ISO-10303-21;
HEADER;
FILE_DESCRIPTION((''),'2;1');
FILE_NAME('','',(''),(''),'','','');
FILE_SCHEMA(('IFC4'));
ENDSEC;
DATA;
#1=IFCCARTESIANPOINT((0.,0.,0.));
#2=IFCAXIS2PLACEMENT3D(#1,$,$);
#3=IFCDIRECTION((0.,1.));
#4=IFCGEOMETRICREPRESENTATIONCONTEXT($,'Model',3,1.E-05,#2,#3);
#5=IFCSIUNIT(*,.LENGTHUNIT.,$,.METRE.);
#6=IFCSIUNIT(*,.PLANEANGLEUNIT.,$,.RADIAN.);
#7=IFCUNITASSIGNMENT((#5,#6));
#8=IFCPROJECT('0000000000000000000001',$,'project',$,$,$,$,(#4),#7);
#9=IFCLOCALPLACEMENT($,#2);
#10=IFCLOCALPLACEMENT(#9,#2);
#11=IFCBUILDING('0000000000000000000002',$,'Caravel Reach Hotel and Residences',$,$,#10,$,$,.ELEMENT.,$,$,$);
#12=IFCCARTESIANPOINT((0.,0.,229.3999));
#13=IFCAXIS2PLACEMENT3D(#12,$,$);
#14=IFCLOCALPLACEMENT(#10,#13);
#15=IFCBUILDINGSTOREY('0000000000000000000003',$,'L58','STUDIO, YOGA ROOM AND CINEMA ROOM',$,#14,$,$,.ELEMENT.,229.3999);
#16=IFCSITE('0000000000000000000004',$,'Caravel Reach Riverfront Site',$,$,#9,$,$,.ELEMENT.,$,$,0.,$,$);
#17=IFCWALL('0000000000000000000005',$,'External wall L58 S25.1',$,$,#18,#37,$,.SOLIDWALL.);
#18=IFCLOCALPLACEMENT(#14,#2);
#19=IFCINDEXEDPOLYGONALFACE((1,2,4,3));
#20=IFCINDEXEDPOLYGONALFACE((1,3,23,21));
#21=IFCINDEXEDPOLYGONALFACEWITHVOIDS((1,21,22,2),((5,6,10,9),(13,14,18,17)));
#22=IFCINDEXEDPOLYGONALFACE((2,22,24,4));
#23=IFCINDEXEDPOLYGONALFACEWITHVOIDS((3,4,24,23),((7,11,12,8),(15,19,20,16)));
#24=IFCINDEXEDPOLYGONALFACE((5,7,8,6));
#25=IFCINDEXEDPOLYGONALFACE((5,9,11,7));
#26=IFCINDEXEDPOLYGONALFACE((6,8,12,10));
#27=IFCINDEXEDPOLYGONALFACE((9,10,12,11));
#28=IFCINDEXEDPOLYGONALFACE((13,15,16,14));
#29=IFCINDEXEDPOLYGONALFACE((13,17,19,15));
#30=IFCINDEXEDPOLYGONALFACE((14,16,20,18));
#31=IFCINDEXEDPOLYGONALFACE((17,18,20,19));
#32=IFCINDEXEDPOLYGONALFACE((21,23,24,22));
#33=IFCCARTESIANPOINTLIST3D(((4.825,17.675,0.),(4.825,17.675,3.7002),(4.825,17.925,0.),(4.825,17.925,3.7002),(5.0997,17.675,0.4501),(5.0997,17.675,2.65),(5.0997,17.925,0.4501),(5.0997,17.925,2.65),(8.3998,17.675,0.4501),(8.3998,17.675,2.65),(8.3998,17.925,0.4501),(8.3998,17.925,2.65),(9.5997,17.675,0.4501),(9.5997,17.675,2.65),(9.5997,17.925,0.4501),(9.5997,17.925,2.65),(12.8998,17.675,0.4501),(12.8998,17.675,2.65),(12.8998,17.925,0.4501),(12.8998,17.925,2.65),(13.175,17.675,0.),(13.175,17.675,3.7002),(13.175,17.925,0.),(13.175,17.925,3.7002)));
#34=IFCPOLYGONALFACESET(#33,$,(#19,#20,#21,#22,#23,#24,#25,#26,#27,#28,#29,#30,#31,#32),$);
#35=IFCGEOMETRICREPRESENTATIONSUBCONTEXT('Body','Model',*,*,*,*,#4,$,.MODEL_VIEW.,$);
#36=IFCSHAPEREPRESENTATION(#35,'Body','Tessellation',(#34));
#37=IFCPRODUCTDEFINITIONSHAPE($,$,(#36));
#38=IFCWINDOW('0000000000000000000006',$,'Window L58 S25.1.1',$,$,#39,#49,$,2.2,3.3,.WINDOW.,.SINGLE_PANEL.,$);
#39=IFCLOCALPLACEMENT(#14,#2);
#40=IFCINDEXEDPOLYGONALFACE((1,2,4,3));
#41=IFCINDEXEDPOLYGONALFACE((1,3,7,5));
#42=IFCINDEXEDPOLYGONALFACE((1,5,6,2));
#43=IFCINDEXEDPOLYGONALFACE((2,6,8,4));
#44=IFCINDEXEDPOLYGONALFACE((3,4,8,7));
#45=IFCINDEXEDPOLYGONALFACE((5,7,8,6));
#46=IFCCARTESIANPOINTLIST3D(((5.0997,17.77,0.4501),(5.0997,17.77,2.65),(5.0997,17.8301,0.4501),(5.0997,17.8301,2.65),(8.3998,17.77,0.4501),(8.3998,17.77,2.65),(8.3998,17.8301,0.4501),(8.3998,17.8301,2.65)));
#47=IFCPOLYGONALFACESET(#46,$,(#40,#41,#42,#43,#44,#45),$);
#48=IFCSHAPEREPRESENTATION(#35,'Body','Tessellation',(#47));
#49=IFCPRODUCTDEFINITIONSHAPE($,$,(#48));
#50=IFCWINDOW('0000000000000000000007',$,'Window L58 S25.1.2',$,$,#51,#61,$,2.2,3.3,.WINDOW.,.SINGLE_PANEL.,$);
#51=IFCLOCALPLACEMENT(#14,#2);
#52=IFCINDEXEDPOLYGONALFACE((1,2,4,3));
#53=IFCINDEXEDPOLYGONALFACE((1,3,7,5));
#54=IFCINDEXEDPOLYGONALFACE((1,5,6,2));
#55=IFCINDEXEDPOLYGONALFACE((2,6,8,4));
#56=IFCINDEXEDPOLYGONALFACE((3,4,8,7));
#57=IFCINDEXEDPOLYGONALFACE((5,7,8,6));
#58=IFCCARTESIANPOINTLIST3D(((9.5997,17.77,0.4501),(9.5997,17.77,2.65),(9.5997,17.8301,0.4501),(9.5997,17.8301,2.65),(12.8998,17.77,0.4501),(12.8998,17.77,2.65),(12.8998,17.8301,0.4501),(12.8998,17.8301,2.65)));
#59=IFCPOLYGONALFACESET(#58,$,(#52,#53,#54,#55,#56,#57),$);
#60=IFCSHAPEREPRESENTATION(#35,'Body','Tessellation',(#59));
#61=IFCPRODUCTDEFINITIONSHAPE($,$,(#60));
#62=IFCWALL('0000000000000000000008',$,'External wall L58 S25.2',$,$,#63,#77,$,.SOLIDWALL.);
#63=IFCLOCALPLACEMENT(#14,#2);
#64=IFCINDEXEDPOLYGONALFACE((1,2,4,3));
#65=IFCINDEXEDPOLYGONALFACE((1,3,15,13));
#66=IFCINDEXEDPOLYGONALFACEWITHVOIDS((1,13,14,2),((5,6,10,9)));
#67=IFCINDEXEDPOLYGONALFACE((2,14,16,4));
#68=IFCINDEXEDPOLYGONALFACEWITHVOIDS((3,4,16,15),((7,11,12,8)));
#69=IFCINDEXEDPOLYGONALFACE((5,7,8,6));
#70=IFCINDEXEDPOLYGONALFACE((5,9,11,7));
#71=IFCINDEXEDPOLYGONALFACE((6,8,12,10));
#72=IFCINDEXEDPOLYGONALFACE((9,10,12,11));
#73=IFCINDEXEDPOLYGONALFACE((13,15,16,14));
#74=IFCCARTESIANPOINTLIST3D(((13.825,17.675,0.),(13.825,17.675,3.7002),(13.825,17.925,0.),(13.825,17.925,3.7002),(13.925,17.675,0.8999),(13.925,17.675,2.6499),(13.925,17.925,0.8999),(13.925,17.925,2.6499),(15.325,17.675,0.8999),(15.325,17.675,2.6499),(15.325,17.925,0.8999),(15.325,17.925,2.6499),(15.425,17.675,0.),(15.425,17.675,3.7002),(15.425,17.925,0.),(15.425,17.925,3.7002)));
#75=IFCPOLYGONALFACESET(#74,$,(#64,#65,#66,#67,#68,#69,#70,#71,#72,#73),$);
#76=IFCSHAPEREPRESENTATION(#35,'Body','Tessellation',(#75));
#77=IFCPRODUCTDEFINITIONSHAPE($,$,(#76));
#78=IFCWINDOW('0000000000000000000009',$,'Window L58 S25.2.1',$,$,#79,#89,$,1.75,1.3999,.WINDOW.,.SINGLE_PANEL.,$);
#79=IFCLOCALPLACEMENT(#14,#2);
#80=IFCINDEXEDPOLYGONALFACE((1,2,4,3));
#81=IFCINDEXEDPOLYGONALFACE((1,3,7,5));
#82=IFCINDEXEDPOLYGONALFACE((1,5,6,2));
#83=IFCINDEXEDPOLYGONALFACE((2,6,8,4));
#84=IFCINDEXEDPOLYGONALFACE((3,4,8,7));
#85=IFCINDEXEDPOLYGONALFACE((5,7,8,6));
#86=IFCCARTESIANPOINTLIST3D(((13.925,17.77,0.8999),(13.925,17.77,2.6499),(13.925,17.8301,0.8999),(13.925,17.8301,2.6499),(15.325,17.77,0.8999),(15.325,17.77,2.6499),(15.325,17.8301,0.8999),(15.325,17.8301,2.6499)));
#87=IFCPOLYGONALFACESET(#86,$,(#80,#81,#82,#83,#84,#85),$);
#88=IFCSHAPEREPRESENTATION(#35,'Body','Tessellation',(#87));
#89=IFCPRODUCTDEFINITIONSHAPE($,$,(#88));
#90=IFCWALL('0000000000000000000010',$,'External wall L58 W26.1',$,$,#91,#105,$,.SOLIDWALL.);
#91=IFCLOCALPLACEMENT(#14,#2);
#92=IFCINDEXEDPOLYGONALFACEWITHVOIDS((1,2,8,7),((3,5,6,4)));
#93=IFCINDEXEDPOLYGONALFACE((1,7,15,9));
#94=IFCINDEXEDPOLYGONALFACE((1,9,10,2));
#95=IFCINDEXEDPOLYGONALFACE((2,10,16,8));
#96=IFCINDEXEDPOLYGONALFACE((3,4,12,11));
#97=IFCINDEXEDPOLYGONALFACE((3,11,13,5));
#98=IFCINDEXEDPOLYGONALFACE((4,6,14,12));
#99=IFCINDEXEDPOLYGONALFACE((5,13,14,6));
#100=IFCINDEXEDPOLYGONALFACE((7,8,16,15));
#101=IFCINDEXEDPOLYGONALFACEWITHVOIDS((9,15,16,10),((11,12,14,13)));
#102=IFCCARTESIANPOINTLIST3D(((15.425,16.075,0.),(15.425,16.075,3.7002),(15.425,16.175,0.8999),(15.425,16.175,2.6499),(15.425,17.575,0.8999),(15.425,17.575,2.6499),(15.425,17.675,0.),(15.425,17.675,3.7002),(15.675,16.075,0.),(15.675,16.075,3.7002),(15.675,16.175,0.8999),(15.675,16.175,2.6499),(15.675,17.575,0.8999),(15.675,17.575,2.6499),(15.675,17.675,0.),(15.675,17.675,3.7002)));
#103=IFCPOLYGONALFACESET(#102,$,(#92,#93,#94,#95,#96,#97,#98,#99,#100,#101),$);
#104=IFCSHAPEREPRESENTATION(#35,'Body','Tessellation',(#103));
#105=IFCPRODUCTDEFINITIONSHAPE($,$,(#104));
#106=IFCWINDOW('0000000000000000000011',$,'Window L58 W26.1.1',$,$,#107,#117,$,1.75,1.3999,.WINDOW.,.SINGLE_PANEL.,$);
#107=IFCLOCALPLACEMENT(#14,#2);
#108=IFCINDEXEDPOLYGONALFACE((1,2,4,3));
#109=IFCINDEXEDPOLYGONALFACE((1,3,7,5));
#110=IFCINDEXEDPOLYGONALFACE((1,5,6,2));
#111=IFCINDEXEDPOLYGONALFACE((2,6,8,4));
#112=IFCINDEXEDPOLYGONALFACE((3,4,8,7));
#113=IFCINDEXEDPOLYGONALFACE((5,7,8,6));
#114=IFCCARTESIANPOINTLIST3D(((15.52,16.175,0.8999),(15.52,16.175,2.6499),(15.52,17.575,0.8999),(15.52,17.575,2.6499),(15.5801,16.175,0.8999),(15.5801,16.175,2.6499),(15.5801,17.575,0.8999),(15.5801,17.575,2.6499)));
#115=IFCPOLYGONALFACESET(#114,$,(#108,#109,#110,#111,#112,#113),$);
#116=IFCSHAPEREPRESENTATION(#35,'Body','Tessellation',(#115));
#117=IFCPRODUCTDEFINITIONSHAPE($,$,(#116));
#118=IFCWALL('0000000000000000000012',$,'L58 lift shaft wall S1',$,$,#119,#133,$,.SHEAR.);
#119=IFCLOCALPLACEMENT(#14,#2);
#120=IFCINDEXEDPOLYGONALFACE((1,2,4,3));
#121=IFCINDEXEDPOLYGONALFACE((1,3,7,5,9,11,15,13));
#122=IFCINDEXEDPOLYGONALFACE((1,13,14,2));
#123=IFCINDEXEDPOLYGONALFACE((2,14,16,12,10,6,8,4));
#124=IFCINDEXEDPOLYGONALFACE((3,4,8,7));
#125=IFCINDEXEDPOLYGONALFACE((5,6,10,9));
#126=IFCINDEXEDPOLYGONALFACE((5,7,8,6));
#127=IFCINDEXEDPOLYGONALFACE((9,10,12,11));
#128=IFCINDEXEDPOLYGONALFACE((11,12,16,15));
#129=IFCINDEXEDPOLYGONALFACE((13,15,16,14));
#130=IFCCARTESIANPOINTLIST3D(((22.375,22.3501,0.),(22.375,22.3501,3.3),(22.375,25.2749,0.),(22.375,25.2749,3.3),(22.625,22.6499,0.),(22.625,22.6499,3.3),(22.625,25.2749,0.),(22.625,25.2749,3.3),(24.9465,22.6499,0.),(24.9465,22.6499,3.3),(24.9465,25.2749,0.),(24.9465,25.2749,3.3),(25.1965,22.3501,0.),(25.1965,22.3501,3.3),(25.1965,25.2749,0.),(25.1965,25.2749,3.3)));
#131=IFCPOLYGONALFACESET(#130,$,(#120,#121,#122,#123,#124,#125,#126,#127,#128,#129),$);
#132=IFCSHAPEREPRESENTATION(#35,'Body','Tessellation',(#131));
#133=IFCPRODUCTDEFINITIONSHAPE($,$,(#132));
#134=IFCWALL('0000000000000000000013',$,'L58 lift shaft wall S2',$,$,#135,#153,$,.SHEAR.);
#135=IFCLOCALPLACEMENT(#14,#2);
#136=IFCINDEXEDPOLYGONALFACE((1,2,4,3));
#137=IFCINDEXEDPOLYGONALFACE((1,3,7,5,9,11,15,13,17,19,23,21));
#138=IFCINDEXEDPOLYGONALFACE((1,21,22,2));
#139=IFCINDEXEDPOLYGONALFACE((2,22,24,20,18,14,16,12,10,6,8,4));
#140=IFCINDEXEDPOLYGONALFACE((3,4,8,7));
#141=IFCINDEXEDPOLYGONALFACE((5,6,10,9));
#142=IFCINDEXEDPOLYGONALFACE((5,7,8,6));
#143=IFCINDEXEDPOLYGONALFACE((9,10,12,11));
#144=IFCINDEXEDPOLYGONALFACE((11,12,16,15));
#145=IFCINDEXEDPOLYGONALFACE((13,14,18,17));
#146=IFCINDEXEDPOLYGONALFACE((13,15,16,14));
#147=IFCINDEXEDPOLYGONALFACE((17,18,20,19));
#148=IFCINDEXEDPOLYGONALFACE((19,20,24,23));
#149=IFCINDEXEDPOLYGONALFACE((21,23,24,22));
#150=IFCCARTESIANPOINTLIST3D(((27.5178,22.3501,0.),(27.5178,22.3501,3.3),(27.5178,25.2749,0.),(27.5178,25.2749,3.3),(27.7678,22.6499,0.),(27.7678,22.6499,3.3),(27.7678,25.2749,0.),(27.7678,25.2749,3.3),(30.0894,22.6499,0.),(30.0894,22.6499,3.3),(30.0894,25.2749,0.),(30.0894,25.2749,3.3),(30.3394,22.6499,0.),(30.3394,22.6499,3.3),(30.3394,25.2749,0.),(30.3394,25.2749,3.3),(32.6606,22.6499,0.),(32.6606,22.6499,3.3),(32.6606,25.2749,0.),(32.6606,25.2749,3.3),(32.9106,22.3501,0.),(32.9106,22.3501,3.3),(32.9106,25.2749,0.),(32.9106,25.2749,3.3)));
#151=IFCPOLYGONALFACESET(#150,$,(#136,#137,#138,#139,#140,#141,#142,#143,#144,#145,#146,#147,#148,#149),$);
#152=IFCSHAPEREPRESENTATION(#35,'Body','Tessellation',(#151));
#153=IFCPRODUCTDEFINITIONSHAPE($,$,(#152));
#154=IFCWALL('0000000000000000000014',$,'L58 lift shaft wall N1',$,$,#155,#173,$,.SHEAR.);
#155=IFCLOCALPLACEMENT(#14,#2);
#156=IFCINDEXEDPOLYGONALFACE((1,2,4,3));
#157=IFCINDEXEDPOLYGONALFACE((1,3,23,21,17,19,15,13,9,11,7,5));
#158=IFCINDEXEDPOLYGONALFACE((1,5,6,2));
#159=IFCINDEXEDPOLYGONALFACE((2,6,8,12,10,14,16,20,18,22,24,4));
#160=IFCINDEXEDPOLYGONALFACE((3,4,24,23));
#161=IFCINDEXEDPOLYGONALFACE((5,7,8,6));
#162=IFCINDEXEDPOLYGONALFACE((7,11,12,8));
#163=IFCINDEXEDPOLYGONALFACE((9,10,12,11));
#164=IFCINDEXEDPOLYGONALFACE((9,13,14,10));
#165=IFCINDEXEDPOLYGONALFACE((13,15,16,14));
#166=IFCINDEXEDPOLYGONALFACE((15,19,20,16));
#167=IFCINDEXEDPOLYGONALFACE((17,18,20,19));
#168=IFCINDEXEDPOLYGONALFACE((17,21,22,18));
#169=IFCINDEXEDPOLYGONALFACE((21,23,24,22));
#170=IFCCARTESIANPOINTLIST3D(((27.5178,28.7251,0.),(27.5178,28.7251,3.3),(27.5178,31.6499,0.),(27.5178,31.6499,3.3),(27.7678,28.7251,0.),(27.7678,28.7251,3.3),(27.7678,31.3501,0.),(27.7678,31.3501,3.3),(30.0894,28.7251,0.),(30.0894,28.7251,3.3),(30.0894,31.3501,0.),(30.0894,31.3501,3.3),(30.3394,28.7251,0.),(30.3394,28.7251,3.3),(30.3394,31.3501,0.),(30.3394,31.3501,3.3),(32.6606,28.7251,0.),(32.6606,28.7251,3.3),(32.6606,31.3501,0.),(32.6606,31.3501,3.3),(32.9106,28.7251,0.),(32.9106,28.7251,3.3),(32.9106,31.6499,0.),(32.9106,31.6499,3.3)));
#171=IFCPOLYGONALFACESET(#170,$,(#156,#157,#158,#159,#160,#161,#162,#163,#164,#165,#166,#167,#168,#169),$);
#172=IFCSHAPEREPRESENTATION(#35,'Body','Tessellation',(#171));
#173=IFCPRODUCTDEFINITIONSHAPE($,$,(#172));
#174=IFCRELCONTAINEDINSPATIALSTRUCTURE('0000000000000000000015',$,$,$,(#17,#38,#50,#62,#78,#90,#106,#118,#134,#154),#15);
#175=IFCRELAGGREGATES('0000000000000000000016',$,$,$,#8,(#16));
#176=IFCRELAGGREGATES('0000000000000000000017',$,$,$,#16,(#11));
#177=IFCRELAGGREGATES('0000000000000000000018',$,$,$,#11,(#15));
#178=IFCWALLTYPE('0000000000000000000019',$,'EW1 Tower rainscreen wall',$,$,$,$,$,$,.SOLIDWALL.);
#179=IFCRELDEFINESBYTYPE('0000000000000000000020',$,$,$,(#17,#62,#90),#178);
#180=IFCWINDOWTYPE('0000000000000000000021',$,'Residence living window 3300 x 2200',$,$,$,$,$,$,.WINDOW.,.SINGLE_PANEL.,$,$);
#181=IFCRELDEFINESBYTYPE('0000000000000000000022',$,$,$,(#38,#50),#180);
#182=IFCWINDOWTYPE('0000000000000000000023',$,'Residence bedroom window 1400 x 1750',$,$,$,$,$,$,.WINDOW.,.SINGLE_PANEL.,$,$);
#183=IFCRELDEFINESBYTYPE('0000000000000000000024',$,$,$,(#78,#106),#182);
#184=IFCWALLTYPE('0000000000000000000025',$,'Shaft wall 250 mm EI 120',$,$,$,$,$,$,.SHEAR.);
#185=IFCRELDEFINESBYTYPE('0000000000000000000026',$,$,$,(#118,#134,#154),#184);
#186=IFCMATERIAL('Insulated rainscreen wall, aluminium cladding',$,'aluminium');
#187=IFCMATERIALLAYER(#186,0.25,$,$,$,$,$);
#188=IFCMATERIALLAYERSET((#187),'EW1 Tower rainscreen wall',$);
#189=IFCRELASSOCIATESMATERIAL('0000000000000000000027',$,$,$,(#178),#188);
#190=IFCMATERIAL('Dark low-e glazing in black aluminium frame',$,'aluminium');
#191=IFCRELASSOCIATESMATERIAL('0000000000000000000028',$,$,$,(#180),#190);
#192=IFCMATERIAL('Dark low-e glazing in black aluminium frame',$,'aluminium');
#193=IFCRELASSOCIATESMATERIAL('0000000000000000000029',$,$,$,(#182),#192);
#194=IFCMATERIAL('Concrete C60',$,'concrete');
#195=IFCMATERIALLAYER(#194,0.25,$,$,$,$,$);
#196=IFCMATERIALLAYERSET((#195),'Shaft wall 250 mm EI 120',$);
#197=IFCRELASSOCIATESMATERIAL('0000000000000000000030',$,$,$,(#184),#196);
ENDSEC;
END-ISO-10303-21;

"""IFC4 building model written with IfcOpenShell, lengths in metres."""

from ifc_helpers import new_model, si_unit, direction, frame, frame_2d, origin, place, context, subcontext, project, spatial, polyline, rectangle, outline, extrude, material, layer, layer_set, type_object, element, fill, save


model = new_model("IFC4")

# Units and contexts
model_context = context("Model", 3, precision=1e-05, world=origin(), true_north=direction((0.0, 1.0)))
body_context = subcontext(model_context, "Body", "Model", "MODEL_VIEW")
ifc_project = project(units=[si_unit("LENGTHUNIT", "METRE"), si_unit("PLANEANGLEUNIT", "RADIAN")], contexts=[model_context])

# Site, building, storey
site_placement = place(None, origin())
site = spatial("IfcSite", under=ifc_project, at=site_placement, Name="Caravel Reach Riverfront Site", CompositionType="ELEMENT", RefElevation=0.0)
building_placement = place(site_placement, origin())
building = spatial("IfcBuilding", under=site, at=building_placement, Name="Caravel Reach Hotel and Residences", CompositionType="ELEMENT")
storey_placement = place(building_placement, frame((0.0, 0.0, 229.3999)))
storey = spatial("IfcBuildingStorey", under=building, at=storey_placement, Name="L58", Description="STUDIO, YOGA ROOM AND CINEMA ROOM", CompositionType="ELEMENT", Elevation=229.3999)

# Wall, openings, windows
ifc_material_1 = material(Name="Insulated rainscreen wall, aluminium cladding", Category="aluminium")
ifc_layer_1 = layer(ifc_material_1, 0.25)
ifc_layer_set_1 = layer_set([ifc_layer_1], Name="EW1 Tower rainscreen wall")
wall_type_1 = type_object("IfcWallType", Name="EW1 Tower rainscreen wall", PredefinedType="SOLIDWALL", material=ifc_layer_set_1)
wall_1_placement = place(storey_placement, frame((4.825, 17.8, 0.0), z_axis=(0.0, 0.0, 1.0), x_axis=(1.0, 0.0, 0.0)))
wall_1 = element("IfcWall", 1, at=wall_1_placement, inside=storey, type_object=wall_type_1, Name="External wall L58 S25.1", PredefinedType="SOLIDWALL", context=body_context, shape_type="SweptSolid", body=[
    extrude(rectangle(XDim=8.3501, YDim=0.25, at=frame_2d((4.175, 0.0))), origin(), (0.0, 0.0, 1.0), 3.7002),
])
opening_1_placement = place(wall_1_placement, frame((0.2749, 0.0, 0.45)))
opening_1 = element("IfcOpeningElement", 2, at=opening_1_placement, cuts=wall_1, PredefinedType="OPENING", context=body_context, shape_type="SweptSolid", body=[
    extrude(rectangle(XDim=3.3, YDim=2.2, at=frame_2d((1.6499, 1.1001))), frame((0.0, 0.135, 0.0), z_axis=(0.0, -1.0, 0.0), x_axis=(1.0, 0.0, 0.0)), (0.0, 0.0, 1.0), 0.27),
])
opening_2_placement = place(wall_1_placement, frame((4.7749, 0.0, 0.45)))
opening_2 = element("IfcOpeningElement", 3, at=opening_2_placement, cuts=wall_1, PredefinedType="OPENING", context=body_context, shape_type="SweptSolid", body=[
    extrude(rectangle(XDim=3.3, YDim=2.2, at=frame_2d((1.6499, 1.1001))), frame((0.0, 0.135, 0.0), z_axis=(0.0, -1.0, 0.0), x_axis=(1.0, 0.0, 0.0)), (0.0, 0.0, 1.0), 0.27),
])
ifc_material_2 = material(Name="Dark low-e glazing in black aluminium frame", Category="aluminium")
window_type_1 = type_object("IfcWindowType", Name="Residence living window 3300 x 2200", PartitioningType="SINGLE_PANEL", PredefinedType="WINDOW", material=ifc_material_2)
window_1_placement = place(opening_1_placement, origin())
window_1 = element("IfcWindow", 4, at=window_1_placement, inside=storey, type_object=window_type_1, Name="Window L58 S25.1.1", OverallHeight=2.2, OverallWidth=3.3, PartitioningType="SINGLE_PANEL", PredefinedType="WINDOW", context=body_context, shape_type="SweptSolid", body=[
    extrude(rectangle(XDim=3.3, YDim=2.2, at=frame_2d((1.6499, 1.1001))), frame((0.0, 0.03, 0.0), z_axis=(0.0, -1.0, 0.0), x_axis=(1.0, 0.0, 0.0)), (0.0, 0.0, 1.0), 0.0601),
])
fill(opening_1, window_1)
window_2_placement = place(opening_2_placement, origin())
window_2 = element("IfcWindow", 5, at=window_2_placement, inside=storey, type_object=window_type_1, Name="Window L58 S25.1.2", OverallHeight=2.2, OverallWidth=3.3, PartitioningType="SINGLE_PANEL", PredefinedType="WINDOW", context=body_context, shape_type="SweptSolid", body=[
    extrude(rectangle(XDim=3.3, YDim=2.2, at=frame_2d((1.6499, 1.1001))), frame((0.0, 0.03, 0.0), z_axis=(0.0, -1.0, 0.0), x_axis=(1.0, 0.0, 0.0)), (0.0, 0.0, 1.0), 0.0601),
])
fill(opening_2, window_2)

# Walls, openings, windows
wall_2_placement = place(storey_placement, frame((13.825, 17.8, 0.0), z_axis=(0.0, 0.0, 1.0), x_axis=(1.0, 0.0, 0.0)))
wall_2 = element("IfcWall", 6, at=wall_2_placement, inside=storey, type_object=wall_type_1, Name="External wall L58 S25.2", PredefinedType="SOLIDWALL", context=body_context, shape_type="SweptSolid", body=[
    extrude(rectangle(XDim=1.6001, YDim=0.25, at=frame_2d((0.8, 0.0))), origin(), (0.0, 0.0, 1.0), 3.7002),
])
opening_3_placement = place(wall_2_placement, frame((0.1001, 0.0, 0.8999)))
opening_3 = element("IfcOpeningElement", 7, at=opening_3_placement, cuts=wall_2, PredefinedType="OPENING", context=body_context, shape_type="SweptSolid", body=[
    extrude(rectangle(XDim=1.3999, YDim=1.75, at=frame_2d((0.7, 0.875))), frame((0.0, 0.135, 0.0), z_axis=(0.0, -1.0, 0.0), x_axis=(1.0, 0.0, 0.0)), (0.0, 0.0, 1.0), 0.27),
])
ifc_material_3 = material(Name="Dark low-e glazing in black aluminium frame", Category="aluminium")
window_type_2 = type_object("IfcWindowType", Name="Residence bedroom window 1400 x 1750", PartitioningType="SINGLE_PANEL", PredefinedType="WINDOW", material=ifc_material_3)
window_3_placement = place(opening_3_placement, origin())
window_3 = element("IfcWindow", 8, at=window_3_placement, inside=storey, type_object=window_type_2, Name="Window L58 S25.2.1", OverallHeight=1.75, OverallWidth=1.3999, PartitioningType="SINGLE_PANEL", PredefinedType="WINDOW", context=body_context, shape_type="SweptSolid", body=[
    extrude(rectangle(XDim=1.3999, YDim=1.75, at=frame_2d((0.7, 0.875))), frame((0.0, 0.03, 0.0), z_axis=(0.0, -1.0, 0.0), x_axis=(1.0, 0.0, 0.0)), (0.0, 0.0, 1.0), 0.0601),
])
fill(opening_3, window_3)
wall_3_placement = place(storey_placement, frame((15.55, 17.675, 0.0), z_axis=(0.0, 0.0, 1.0), x_axis=(0.0, -1.0, 0.0)))
wall_3 = element("IfcWall", 9, at=wall_3_placement, inside=storey, type_object=wall_type_1, Name="External wall L58 W26.1", PredefinedType="SOLIDWALL", context=body_context, shape_type="SweptSolid", body=[
    extrude(rectangle(XDim=1.6001, YDim=0.25, at=frame_2d((0.8, 0.0))), origin(), (0.0, 0.0, 1.0), 3.7002),
])
opening_4_placement = place(wall_3_placement, frame((0.1001, 0.0, 0.8999)))
opening_4 = element("IfcOpeningElement", 10, at=opening_4_placement, cuts=wall_3, PredefinedType="OPENING", context=body_context, shape_type="SweptSolid", body=[
    extrude(rectangle(XDim=1.3999, YDim=1.75, at=frame_2d((0.7, 0.875))), frame((0.0, 0.135, 0.0), z_axis=(0.0, -1.0, 0.0), x_axis=(1.0, 0.0, 0.0)), (0.0, 0.0, 1.0), 0.27),
])
window_4_placement = place(opening_4_placement, origin())
window_4 = element("IfcWindow", 11, at=window_4_placement, inside=storey, type_object=window_type_2, Name="Window L58 W26.1.1", OverallHeight=1.75, OverallWidth=1.3999, PartitioningType="SINGLE_PANEL", PredefinedType="WINDOW", context=body_context, shape_type="SweptSolid", body=[
    extrude(rectangle(XDim=1.3999, YDim=1.75, at=frame_2d((0.7, 0.875))), frame((0.0, 0.03, 0.0), z_axis=(0.0, -1.0, 0.0), x_axis=(1.0, 0.0, 0.0)), (0.0, 0.0, 1.0), 0.0601),
])
fill(opening_4, window_4)

# Walls
ifc_material_4 = material(Name="Concrete C60", Category="concrete")
ifc_layer_2 = layer(ifc_material_4, 0.25)
ifc_layer_set_2 = layer_set([ifc_layer_2], Name="Shaft wall 250 mm EI 120")
wall_type_2 = type_object("IfcWallType", Name="Shaft wall 250 mm EI 120", PredefinedType="SHEAR", material=ifc_layer_set_2)
wall_4_placement = place(storey_placement, origin())
element("IfcWall", 12, at=wall_4_placement, inside=storey, type_object=wall_type_2, Name="L58 lift shaft wall S1", PredefinedType="SHEAR", context=body_context, shape_type="SweptSolid", body=[
    extrude(outline(polyline([(22.375, 22.3501), (25.1965, 22.3501), (25.1965, 25.2749), (24.9465, 25.2749), (24.9465, 22.6499), (22.625, 22.6499), (22.625, 25.2749), (22.375, 25.2749), (22.375, 22.3501)])), origin(), (0.0, 0.0, 1.0), 3.3),
])
wall_5_placement = place(storey_placement, origin())
element("IfcWall", 13, at=wall_5_placement, inside=storey, type_object=wall_type_2, Name="L58 lift shaft wall S2", PredefinedType="SHEAR", context=body_context, shape_type="SweptSolid", body=[
    extrude(outline(polyline([(27.5178, 22.3501), (32.9106, 22.3501), (32.9106, 25.2749), (32.6606, 25.2749), (32.6606, 22.6499), (30.3394, 22.6499), (30.3394, 25.2749), (30.0894, 25.2749), (30.0894, 22.6499), (27.7678, 22.6499), (27.7678, 25.2749), (27.5178, 25.2749), (27.5178, 22.3501)])), origin(), (0.0, 0.0, 1.0), 3.3),
])
wall_6_placement = place(storey_placement, origin())
element("IfcWall", 14, at=wall_6_placement, inside=storey, type_object=wall_type_2, Name="L58 lift shaft wall N1", PredefinedType="SHEAR", context=body_context, shape_type="SweptSolid", body=[
    extrude(outline(polyline([(27.5178, 28.7251), (27.7678, 28.7251), (27.7678, 31.3501), (30.0894, 31.3501), (30.0894, 28.7251), (30.3394, 28.7251), (30.3394, 31.3501), (32.6606, 31.3501), (32.6606, 28.7251), (32.9106, 28.7251), (32.9106, 31.6499), (27.5178, 31.6499), (27.5178, 28.7251)])), origin(), (0.0, 0.0, 1.0), 3.3),
])

save(model, "model.ifc")
